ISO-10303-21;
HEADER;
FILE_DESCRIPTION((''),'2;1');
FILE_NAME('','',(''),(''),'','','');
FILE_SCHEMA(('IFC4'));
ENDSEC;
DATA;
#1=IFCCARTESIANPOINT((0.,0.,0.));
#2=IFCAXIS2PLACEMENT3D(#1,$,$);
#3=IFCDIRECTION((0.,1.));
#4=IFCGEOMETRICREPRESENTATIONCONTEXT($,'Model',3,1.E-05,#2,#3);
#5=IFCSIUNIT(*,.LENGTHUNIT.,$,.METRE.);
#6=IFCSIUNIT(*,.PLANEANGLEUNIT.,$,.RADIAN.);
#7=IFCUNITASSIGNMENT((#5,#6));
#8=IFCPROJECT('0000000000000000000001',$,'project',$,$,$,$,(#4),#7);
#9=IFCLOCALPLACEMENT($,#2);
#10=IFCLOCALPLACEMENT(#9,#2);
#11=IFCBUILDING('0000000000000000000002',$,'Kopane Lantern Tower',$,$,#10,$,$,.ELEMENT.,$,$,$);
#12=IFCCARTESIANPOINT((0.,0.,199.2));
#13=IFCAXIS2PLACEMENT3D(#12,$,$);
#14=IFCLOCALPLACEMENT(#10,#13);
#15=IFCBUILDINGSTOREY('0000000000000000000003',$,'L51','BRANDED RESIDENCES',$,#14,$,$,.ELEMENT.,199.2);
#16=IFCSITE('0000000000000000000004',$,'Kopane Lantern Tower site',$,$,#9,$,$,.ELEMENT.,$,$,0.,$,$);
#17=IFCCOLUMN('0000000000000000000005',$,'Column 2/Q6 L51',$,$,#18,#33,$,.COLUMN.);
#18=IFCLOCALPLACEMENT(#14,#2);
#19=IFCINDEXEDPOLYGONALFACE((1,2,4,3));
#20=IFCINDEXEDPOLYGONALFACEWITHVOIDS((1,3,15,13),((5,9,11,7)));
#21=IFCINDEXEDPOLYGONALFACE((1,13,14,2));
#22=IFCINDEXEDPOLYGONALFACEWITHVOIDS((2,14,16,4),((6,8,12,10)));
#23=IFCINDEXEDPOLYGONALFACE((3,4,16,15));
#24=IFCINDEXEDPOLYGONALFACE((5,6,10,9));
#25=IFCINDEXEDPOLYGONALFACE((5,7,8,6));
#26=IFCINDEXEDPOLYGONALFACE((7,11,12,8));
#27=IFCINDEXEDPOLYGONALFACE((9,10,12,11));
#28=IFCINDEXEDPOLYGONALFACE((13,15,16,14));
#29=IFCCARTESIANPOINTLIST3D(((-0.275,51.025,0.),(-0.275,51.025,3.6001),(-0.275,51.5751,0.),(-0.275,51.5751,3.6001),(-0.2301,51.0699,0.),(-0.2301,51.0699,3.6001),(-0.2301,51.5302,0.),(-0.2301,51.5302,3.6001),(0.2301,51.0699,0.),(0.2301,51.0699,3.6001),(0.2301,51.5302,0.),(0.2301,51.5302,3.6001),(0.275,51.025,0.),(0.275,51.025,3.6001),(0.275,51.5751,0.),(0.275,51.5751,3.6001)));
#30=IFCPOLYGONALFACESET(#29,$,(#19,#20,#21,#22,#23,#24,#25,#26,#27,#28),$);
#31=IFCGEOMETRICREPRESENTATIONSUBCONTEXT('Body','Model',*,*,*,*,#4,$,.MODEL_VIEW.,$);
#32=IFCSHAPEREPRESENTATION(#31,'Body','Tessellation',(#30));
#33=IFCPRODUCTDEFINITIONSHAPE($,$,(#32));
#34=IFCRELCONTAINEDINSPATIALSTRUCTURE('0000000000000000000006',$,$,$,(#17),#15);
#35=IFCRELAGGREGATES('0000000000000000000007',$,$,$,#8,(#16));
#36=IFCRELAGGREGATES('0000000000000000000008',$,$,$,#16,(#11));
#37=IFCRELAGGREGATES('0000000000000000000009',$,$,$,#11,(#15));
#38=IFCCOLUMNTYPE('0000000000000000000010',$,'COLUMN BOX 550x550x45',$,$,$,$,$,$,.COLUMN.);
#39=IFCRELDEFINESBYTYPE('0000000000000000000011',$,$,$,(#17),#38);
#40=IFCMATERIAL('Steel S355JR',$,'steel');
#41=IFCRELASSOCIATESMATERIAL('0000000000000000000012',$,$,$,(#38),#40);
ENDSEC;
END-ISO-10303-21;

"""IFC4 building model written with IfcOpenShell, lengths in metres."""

from ifc_helpers import new_model, si_unit, direction, frame, origin, origin_2d, place, context, subcontext, project, spatial, hollow_rectangle, extrude, material, material_profile, profile_set, type_object, element, save


model = new_model("IFC4")

# Units and contexts
model_context = context("Model", 3, precision=1e-05, world=origin(), true_north=direction((0.0, 1.0)))
body_context = subcontext(model_context, "Body", "Model", "MODEL_VIEW")
ifc_project = project(units=[si_unit("LENGTHUNIT", "METRE"), si_unit("PLANEANGLEUNIT", "RADIAN")], contexts=[model_context])

# Site, building, storey
site_placement = place(None, origin())
site = spatial("IfcSite", under=ifc_project, at=site_placement, Name="Kopane Lantern Tower site", CompositionType="ELEMENT", RefElevation=0.0)
building_placement = place(site_placement, origin())
building = spatial("IfcBuilding", under=site, at=building_placement, Name="Kopane Lantern Tower", CompositionType="ELEMENT")
storey_placement = place(building_placement, frame((0.0, 0.0, 199.2)))
storey = spatial("IfcBuildingStorey", under=building, at=storey_placement, Name="L51", Description="BRANDED RESIDENCES", CompositionType="ELEMENT", Elevation=199.2)

# Column
ifc_material_1 = material(Name="Steel S355JR", Category="steel")
ifc_material_profile = material_profile(ifc_material_1, hollow_rectangle(XDim=0.55, YDim=0.55, WallThickness=0.0449, at=origin_2d()), Name="BOX 550x550x45")
ifc_profile_set = profile_set([ifc_material_profile], Name="Steel S355JR")
column_type = type_object("IfcColumnType", Name="COLUMN BOX 550x550x45", PredefinedType="COLUMN", material=ifc_profile_set)
column_placement = place(storey_placement, frame((0.0, 51.3, 0.0), z_axis=(0.0, 0.0, 1.0), x_axis=(1.0, 0.0, 0.0)))
element("IfcColumn", 1, at=column_placement, inside=storey, type_object=column_type, Name="Column 2/Q6 L51", PredefinedType="COLUMN", context=body_context, shape_type="SweptSolid", body=[
    extrude(hollow_rectangle(XDim=0.55, YDim=0.55, WallThickness=0.0449, at=origin_2d()), origin(), (0.0, 0.0, 1.0), 3.6001),
])

save(model, "model.ifc")
